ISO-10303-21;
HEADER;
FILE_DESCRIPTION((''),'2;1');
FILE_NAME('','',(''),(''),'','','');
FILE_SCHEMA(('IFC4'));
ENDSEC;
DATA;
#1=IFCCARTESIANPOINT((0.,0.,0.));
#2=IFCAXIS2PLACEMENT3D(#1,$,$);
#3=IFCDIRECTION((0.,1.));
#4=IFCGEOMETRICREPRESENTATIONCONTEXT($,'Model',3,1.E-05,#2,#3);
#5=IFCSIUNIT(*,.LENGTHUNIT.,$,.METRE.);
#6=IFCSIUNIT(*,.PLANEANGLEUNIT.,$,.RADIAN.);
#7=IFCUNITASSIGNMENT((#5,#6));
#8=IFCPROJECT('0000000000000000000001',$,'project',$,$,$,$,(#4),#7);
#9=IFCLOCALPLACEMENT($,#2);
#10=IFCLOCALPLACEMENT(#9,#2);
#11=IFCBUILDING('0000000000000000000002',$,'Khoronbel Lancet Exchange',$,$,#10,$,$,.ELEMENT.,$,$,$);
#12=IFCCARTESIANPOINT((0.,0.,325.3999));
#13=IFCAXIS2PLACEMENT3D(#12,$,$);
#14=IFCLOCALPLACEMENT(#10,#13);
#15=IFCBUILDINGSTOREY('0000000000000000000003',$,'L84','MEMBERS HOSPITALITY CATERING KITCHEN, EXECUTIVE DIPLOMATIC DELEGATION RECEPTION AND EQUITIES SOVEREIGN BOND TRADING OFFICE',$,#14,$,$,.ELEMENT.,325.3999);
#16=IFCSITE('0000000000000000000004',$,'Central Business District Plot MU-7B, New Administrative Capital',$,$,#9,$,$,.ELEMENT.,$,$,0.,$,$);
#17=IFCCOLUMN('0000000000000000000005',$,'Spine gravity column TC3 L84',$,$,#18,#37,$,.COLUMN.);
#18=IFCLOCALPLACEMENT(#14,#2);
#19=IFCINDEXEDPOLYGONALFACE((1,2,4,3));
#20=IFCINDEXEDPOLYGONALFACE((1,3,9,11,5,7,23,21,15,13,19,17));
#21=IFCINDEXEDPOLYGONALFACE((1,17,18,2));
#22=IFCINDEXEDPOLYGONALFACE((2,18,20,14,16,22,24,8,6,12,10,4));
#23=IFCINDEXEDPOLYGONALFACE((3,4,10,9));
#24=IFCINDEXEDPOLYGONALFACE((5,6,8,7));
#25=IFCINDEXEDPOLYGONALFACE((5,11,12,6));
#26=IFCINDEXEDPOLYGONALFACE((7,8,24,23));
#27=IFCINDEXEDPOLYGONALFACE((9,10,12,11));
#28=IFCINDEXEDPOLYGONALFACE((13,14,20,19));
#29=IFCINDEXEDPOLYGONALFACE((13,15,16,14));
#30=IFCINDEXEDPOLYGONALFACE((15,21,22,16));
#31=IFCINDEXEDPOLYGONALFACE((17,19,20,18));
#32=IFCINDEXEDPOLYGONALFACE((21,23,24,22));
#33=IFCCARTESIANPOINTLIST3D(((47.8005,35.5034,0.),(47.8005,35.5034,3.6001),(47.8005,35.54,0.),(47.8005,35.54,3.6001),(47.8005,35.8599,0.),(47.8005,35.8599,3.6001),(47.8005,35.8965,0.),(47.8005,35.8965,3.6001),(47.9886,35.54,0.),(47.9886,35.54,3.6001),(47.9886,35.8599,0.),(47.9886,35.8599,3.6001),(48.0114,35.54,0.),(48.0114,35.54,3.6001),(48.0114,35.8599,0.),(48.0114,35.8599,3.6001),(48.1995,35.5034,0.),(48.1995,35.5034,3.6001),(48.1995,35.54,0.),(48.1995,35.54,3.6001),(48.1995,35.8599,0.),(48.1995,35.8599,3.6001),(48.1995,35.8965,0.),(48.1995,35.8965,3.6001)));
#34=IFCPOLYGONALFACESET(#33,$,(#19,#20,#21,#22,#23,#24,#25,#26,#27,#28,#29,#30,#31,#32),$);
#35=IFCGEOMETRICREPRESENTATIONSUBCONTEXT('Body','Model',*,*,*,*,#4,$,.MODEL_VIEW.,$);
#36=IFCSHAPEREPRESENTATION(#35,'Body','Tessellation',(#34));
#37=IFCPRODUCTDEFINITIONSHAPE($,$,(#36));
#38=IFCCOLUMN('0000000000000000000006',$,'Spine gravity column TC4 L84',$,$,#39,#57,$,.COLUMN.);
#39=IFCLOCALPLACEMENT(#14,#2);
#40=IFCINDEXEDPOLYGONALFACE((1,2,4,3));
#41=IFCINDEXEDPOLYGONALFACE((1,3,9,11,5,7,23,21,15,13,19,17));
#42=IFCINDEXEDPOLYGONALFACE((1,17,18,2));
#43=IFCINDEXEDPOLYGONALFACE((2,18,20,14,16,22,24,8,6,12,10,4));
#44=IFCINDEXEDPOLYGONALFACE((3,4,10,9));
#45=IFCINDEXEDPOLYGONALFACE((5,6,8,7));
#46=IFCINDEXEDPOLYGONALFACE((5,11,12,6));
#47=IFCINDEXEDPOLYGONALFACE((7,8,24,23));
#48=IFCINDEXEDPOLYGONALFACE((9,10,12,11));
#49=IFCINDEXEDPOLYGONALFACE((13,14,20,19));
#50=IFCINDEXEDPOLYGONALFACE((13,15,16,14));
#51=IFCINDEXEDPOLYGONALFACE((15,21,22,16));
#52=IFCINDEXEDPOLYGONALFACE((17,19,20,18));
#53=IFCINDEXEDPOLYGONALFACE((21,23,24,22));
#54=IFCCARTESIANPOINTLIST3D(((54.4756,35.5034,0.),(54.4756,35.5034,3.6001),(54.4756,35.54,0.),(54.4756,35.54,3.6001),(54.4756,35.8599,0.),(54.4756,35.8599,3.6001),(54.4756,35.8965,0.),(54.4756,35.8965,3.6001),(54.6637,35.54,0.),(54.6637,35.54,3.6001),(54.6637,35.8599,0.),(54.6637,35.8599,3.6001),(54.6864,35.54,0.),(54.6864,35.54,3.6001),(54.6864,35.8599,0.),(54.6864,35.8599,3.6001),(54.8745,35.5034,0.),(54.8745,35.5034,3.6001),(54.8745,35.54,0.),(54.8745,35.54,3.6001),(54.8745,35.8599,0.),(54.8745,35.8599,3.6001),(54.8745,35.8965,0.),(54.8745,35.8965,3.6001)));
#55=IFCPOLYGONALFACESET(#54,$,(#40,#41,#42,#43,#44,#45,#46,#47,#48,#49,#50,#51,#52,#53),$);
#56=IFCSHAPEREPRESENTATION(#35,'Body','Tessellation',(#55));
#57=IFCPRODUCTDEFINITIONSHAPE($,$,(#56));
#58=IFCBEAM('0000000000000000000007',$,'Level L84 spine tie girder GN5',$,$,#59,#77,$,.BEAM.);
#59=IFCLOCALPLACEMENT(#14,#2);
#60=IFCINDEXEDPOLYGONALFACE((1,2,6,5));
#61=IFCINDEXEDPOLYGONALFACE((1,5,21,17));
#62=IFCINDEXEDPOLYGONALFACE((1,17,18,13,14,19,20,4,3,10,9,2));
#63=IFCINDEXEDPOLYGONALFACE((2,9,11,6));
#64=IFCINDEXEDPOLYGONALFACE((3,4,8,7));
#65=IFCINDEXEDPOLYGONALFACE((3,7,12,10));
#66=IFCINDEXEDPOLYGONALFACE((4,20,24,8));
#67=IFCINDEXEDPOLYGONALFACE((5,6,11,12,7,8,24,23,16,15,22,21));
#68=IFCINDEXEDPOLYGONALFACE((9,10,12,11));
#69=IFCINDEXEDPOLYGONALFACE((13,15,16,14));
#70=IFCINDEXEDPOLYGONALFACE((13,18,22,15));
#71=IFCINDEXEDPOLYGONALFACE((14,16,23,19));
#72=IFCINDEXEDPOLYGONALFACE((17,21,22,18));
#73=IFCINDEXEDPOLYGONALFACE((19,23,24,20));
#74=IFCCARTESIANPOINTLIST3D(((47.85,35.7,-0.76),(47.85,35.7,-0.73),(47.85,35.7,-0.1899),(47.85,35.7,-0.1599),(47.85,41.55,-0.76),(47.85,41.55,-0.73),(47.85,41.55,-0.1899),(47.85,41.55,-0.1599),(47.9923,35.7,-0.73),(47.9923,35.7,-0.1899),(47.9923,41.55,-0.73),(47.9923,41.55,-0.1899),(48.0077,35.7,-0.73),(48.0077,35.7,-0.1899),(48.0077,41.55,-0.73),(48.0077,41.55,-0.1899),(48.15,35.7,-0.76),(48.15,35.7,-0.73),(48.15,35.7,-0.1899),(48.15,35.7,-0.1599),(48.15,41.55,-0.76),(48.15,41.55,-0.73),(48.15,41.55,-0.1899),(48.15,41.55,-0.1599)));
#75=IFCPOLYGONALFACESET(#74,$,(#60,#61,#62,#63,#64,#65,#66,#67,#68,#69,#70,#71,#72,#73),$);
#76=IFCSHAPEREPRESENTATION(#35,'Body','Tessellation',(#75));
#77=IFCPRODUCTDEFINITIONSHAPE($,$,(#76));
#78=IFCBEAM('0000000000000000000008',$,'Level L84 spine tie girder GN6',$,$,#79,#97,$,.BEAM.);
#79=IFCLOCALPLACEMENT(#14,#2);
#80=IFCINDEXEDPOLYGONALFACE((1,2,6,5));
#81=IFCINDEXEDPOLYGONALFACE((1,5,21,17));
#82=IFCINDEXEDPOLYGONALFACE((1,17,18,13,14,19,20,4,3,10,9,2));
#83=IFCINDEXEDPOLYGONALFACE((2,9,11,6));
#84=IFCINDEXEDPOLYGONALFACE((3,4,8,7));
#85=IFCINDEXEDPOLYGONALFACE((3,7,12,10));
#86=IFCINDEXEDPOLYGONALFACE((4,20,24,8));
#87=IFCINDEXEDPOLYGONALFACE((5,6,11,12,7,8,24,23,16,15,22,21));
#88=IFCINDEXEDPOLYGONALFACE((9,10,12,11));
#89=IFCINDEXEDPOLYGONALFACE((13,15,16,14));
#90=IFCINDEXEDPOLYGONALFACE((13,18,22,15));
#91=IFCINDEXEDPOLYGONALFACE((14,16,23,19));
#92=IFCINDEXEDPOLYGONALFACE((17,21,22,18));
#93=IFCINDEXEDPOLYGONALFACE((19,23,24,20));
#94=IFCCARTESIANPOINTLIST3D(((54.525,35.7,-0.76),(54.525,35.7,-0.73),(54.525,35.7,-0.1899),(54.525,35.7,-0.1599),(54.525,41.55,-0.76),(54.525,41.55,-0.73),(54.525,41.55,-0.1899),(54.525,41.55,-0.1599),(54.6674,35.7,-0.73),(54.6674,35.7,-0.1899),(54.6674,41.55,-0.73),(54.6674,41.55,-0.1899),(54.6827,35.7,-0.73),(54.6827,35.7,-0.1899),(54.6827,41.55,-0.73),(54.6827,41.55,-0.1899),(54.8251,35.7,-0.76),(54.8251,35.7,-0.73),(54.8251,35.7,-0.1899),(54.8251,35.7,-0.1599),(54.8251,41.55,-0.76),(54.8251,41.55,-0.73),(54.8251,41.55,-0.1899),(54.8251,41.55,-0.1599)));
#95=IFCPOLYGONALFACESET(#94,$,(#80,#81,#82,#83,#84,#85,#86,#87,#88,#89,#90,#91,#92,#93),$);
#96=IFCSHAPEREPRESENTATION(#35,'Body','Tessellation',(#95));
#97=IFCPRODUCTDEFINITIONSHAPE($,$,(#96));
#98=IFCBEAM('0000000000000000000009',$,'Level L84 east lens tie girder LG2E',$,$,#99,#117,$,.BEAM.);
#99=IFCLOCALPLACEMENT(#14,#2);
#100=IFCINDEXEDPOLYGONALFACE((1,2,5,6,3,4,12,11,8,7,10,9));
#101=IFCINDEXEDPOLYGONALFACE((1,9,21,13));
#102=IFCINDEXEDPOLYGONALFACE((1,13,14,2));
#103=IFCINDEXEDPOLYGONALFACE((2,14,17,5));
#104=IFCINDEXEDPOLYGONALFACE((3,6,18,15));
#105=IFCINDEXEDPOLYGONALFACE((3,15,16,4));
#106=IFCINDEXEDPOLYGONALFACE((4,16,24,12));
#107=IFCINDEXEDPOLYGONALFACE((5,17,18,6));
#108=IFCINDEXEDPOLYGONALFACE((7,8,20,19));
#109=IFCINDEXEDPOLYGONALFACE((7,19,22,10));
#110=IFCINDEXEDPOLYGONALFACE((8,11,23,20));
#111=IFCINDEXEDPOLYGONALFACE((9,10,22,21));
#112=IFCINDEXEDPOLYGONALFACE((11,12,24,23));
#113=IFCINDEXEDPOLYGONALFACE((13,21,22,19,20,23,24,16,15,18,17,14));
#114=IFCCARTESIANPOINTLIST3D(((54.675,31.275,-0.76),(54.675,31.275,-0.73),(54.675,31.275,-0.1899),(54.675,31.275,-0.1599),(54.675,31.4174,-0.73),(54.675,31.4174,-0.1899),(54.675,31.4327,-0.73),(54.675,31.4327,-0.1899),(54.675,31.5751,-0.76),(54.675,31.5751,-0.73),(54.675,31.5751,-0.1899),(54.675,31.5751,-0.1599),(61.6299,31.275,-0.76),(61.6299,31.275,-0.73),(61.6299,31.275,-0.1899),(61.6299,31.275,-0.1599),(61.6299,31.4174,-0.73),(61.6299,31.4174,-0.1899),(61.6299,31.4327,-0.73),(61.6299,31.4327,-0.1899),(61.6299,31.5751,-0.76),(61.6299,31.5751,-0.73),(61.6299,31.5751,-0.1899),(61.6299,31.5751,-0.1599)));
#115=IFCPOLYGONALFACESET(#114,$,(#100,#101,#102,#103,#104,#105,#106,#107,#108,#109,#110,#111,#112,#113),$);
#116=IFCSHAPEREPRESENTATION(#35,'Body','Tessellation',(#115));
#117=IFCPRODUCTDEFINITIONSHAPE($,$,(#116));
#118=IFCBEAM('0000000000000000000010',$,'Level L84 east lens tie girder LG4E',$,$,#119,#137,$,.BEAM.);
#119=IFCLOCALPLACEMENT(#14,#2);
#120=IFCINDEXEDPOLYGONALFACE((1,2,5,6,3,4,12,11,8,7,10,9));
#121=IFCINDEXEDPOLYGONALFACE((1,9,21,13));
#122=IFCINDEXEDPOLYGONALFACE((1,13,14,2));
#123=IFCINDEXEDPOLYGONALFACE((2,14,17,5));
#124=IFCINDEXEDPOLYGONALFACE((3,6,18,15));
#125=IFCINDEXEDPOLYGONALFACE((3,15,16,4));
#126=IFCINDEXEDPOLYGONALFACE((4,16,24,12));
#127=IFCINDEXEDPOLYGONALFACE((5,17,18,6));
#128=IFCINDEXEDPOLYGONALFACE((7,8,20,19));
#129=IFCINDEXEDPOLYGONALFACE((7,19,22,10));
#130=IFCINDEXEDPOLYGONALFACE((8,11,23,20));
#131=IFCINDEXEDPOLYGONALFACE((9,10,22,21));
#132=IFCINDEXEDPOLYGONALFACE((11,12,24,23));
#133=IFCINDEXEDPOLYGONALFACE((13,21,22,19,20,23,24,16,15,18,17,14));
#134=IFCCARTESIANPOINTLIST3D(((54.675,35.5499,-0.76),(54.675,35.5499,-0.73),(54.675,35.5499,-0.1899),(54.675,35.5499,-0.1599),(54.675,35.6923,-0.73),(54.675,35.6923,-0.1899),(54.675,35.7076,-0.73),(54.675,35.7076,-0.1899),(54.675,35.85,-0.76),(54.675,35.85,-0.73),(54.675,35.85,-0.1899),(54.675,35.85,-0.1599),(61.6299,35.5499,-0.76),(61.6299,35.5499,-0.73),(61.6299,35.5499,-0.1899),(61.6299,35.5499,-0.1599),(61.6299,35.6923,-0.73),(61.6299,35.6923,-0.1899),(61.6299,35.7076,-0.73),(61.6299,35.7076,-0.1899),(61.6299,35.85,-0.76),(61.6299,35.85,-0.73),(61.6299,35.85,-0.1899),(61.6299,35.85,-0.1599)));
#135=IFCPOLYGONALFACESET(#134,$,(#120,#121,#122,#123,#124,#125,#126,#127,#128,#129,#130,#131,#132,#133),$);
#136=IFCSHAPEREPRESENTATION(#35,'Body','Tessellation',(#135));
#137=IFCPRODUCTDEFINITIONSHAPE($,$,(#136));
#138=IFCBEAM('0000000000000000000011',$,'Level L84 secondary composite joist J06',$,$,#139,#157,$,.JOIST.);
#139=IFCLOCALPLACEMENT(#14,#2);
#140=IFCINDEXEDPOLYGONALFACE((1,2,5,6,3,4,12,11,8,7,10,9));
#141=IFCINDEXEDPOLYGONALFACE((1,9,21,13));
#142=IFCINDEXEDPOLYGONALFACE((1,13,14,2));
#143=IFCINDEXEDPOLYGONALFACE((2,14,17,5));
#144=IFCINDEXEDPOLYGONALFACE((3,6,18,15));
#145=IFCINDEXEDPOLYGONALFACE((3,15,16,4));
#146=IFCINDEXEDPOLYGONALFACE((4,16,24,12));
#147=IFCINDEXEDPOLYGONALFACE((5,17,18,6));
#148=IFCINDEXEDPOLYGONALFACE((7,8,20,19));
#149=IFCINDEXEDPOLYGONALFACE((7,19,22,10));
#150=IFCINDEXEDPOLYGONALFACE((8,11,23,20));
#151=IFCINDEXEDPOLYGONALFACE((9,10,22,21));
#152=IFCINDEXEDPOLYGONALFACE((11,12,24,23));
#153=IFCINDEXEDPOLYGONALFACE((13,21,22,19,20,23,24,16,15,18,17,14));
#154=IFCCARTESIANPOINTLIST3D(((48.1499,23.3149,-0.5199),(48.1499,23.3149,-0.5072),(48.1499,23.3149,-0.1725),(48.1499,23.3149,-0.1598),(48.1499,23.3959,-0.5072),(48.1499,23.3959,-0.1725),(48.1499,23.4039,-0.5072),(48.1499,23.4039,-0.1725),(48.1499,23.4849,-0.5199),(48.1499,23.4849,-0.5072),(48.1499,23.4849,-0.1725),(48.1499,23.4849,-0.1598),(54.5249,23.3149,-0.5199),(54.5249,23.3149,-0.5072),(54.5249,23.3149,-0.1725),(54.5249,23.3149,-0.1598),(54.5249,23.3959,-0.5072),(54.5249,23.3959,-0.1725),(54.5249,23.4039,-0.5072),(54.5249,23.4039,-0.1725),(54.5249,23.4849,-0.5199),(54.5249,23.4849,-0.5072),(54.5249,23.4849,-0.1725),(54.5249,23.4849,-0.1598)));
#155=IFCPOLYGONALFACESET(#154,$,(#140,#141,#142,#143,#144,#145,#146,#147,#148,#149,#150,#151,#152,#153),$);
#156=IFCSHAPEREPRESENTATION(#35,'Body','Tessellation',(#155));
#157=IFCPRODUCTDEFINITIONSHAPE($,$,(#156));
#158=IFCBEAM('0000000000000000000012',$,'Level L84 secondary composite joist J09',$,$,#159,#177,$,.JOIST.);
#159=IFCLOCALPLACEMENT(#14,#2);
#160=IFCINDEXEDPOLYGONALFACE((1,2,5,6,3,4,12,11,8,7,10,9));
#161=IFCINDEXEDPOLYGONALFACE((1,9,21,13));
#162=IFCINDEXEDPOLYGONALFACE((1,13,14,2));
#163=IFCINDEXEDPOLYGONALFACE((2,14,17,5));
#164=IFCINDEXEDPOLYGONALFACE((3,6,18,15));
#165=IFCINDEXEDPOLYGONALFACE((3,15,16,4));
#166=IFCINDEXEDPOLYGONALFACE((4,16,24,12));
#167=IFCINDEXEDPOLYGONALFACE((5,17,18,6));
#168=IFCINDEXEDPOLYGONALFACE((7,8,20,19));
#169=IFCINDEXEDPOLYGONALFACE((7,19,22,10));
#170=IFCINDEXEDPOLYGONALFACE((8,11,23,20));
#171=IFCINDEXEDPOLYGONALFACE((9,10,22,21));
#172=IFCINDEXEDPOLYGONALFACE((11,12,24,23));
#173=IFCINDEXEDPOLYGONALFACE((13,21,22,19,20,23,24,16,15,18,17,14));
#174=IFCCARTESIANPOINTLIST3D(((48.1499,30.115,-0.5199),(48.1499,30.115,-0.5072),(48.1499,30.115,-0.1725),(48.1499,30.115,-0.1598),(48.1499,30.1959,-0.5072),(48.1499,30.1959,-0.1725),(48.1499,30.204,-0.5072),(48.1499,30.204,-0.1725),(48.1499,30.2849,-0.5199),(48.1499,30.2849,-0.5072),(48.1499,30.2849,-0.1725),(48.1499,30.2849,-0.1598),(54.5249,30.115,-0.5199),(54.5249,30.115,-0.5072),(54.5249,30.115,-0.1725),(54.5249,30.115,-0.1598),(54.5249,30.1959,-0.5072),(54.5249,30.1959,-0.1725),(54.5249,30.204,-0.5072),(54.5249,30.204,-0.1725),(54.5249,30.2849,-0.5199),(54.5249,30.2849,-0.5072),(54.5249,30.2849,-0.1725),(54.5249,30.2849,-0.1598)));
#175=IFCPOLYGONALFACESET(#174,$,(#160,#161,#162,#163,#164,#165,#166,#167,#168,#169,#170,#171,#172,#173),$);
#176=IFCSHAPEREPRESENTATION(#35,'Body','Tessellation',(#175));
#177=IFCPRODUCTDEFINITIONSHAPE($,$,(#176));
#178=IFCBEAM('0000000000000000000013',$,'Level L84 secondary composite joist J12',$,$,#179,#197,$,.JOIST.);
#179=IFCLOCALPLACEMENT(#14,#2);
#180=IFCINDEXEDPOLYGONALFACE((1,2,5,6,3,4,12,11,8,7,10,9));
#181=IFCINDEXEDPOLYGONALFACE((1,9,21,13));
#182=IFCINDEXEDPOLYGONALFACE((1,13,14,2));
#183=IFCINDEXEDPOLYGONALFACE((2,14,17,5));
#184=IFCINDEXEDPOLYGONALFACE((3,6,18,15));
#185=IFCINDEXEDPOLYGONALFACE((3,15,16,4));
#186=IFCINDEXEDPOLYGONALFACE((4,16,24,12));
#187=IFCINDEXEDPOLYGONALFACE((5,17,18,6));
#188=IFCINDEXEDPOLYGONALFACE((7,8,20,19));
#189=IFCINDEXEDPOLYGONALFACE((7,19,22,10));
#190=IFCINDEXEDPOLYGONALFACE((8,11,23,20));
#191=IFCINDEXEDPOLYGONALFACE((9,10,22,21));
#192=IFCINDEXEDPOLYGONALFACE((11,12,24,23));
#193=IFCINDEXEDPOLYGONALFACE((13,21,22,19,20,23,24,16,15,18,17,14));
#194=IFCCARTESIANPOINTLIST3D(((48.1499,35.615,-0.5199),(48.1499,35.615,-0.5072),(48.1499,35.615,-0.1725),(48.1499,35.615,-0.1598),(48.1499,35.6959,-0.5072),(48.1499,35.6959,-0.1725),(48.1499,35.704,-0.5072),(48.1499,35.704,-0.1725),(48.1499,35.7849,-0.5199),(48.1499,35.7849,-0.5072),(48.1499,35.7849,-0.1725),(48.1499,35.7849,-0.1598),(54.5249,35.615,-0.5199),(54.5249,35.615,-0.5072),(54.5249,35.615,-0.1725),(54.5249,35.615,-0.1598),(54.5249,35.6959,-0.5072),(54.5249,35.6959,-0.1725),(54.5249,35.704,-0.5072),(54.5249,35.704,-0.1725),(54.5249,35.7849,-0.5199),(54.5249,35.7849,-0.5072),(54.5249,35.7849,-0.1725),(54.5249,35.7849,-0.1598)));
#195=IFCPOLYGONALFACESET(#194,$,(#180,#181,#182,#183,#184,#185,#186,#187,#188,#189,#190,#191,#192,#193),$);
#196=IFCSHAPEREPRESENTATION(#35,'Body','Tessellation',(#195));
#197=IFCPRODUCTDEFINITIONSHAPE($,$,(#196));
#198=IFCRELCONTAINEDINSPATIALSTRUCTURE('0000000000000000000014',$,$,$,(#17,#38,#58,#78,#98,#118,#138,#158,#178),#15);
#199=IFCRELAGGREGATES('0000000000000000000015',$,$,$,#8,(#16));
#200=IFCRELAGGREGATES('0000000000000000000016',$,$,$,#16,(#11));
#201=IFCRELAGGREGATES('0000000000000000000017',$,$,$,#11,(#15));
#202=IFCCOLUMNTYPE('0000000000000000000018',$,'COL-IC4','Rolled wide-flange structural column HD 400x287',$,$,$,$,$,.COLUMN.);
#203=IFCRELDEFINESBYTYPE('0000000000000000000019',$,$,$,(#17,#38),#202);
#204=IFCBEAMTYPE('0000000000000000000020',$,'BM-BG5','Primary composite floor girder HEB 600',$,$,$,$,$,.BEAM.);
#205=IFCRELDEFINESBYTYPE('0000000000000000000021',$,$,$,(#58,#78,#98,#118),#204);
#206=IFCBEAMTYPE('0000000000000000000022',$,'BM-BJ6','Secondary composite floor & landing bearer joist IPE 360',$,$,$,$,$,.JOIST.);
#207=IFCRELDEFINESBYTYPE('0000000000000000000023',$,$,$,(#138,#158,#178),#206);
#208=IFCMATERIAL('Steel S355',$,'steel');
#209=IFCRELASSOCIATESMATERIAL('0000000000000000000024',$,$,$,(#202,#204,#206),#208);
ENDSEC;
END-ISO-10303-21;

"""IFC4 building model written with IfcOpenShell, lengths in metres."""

from ifc_helpers import new_model, si_unit, direction, frame, origin, origin_2d, place, context, subcontext, project, spatial, i_section, extrude, material, material_profile, profile_set, type_object, element, save


model = new_model("IFC4")

# Units and contexts
model_context = context("Model", 3, precision=1e-05, world=origin(), true_north=direction((0.0, 1.0)))
body_context = subcontext(model_context, "Body", "Model", "MODEL_VIEW")
ifc_project = project(units=[si_unit("LENGTHUNIT", "METRE"), si_unit("PLANEANGLEUNIT", "RADIAN")], contexts=[model_context])

# Site, building, storey
site_placement = place(None, origin())
site = spatial("IfcSite", under=ifc_project, at=site_placement, Name="Central Business District Plot MU-7B, New Administrative Capital", CompositionType="ELEMENT", RefElevation=0.0)
building_placement = place(site_placement, origin())
building = spatial("IfcBuilding", under=site, at=building_placement, Name="Khoronbel Lancet Exchange", CompositionType="ELEMENT")
storey_placement = place(building_placement, frame((0.0, 0.0, 325.3999)))
storey = spatial("IfcBuildingStorey", under=building, at=storey_placement, Name="L84", Description="MEMBERS HOSPITALITY CATERING KITCHEN, EXECUTIVE DIPLOMATIC DELEGATION RECEPTION AND EQUITIES SOVEREIGN BOND TRADING OFFICE", CompositionType="ELEMENT", Elevation=325.3999)

# Columns
ifc_material_1 = material(Name="Steel S355", Category="steel")
ifc_material_profile_1 = material_profile(ifc_material_1, i_section(OverallWidth=0.3989, OverallDepth=0.3931, WebThickness=0.0227, FlangeThickness=0.0366, at=origin_2d()), Name="HD 400x287")
ifc_profile_set_1 = profile_set([ifc_material_profile_1], Name="Steel S355")
column_type = type_object("IfcColumnType", Name="COL-IC4", Description="Rolled wide-flange structural column HD 400x287", PredefinedType="COLUMN", material=ifc_profile_set_1)
for number, where, z_axis, x_axis, name in (
    (1, (48.0, 35.7, 0.0), (0.0, 0.0, 1.0), (1.0, 0.0, 0.0), "Spine gravity column TC3 L84"),
    (2, (54.675, 35.7, 0.0), (0.0, 0.0, 1.0), (1.0, 0.0, 0.0), "Spine gravity column TC4 L84"),
):
    element("IfcColumn", number, at=place(storey_placement, frame(where, z_axis=z_axis, x_axis=x_axis)), inside=storey, type_object=column_type, Name=name, PredefinedType="COLUMN", context=body_context, shape_type="SweptSolid", body=[
        extrude(i_section(OverallWidth=0.3989, OverallDepth=0.3931, WebThickness=0.0227, FlangeThickness=0.0366, at=origin_2d()), origin(), (0.0, 0.0, 1.0), 3.6001),
    ])

# Beams
ifc_material_profile_2 = material_profile(ifc_material_1, i_section(OverallWidth=0.3, OverallDepth=0.6001, WebThickness=0.0154, FlangeThickness=0.03, at=origin_2d()), Name="HEB 600")
ifc_profile_set_2 = profile_set([ifc_material_profile_2], Name="Steel S355")
beam_type_1 = type_object("IfcBeamType", Name="BM-BG5", Description="Primary composite floor girder HEB 600", PredefinedType="BEAM", material=ifc_profile_set_2)
for number, where, z_axis, x_axis, name in (
    (3, (48.0, 35.7, -0.46), (0.0, 1.0, 0.0), (-1.0, 0.0, 0.0), "Level L84 spine tie girder GN5"),
    (4, (54.675, 35.7, -0.46), (0.0, 1.0, 0.0), (-1.0, 0.0, 0.0), "Level L84 spine tie girder GN6"),
):
    element("IfcBeam", number, at=place(storey_placement, frame(where, z_axis=z_axis, x_axis=x_axis)), inside=storey, type_object=beam_type_1, Name=name, PredefinedType="BEAM", context=body_context, shape_type="SweptSolid", body=[
        extrude(i_section(OverallWidth=0.3, OverallDepth=0.6001, WebThickness=0.0154, FlangeThickness=0.03, at=origin_2d()), origin(), (0.0, 0.0, 1.0), 5.8501),
    ])
for number, where, z_axis, x_axis, name in (
    (5, (54.675, 31.425, -0.46), (1.0, 0.0, 0.0), (0.0, 1.0, 0.0), "Level L84 east lens tie girder LG2E"),
    (6, (54.675, 35.7, -0.46), (1.0, 0.0, 0.0), (0.0, 1.0, 0.0), "Level L84 east lens tie girder LG4E"),
):
    element("IfcBeam", number, at=place(storey_placement, frame(where, z_axis=z_axis, x_axis=x_axis)), inside=storey, type_object=beam_type_1, Name=name, PredefinedType="BEAM", context=body_context, shape_type="SweptSolid", body=[
        extrude(i_section(OverallWidth=0.3, OverallDepth=0.6001, WebThickness=0.0154, FlangeThickness=0.03, at=origin_2d()), origin(), (0.0, 0.0, 1.0), 6.9548),
    ])
ifc_material_profile_3 = material_profile(ifc_material_1, i_section(OverallWidth=0.1699, OverallDepth=0.3601, WebThickness=0.0081, FlangeThickness=0.0127, at=origin_2d()), Name="IPE 360")
ifc_profile_set_3 = profile_set([ifc_material_profile_3], Name="Steel S355")
beam_type_2 = type_object("IfcBeamType", Name="BM-BJ6", Description="Secondary composite floor & landing bearer joist IPE 360", PredefinedType="JOIST", material=ifc_profile_set_3)
for number, where, z_axis, x_axis, name in (
    (7, (48.1499, 23.3999, -0.3398), (1.0, 0.0, 0.0), (0.0, 1.0, 0.0), "Level L84 secondary composite joist J06"),
    (8, (48.1499, 30.2, -0.3398), (1.0, 0.0, 0.0), (0.0, 1.0, 0.0), "Level L84 secondary composite joist J09"),
    (9, (48.1499, 35.7, -0.3398), (1.0, 0.0, 0.0), (0.0, 1.0, 0.0), "Level L84 secondary composite joist J12"),
):
    element("IfcBeam", number, at=place(storey_placement, frame(where, z_axis=z_axis, x_axis=x_axis)), inside=storey, type_object=beam_type_2, Name=name, PredefinedType="JOIST", context=body_context, shape_type="SweptSolid", body=[
        extrude(i_section(OverallWidth=0.1699, OverallDepth=0.3601, WebThickness=0.0081, FlangeThickness=0.0127, at=origin_2d()), origin(), (0.0, 0.0, 1.0), 6.375),
    ])

save(model, "model.ifc")
